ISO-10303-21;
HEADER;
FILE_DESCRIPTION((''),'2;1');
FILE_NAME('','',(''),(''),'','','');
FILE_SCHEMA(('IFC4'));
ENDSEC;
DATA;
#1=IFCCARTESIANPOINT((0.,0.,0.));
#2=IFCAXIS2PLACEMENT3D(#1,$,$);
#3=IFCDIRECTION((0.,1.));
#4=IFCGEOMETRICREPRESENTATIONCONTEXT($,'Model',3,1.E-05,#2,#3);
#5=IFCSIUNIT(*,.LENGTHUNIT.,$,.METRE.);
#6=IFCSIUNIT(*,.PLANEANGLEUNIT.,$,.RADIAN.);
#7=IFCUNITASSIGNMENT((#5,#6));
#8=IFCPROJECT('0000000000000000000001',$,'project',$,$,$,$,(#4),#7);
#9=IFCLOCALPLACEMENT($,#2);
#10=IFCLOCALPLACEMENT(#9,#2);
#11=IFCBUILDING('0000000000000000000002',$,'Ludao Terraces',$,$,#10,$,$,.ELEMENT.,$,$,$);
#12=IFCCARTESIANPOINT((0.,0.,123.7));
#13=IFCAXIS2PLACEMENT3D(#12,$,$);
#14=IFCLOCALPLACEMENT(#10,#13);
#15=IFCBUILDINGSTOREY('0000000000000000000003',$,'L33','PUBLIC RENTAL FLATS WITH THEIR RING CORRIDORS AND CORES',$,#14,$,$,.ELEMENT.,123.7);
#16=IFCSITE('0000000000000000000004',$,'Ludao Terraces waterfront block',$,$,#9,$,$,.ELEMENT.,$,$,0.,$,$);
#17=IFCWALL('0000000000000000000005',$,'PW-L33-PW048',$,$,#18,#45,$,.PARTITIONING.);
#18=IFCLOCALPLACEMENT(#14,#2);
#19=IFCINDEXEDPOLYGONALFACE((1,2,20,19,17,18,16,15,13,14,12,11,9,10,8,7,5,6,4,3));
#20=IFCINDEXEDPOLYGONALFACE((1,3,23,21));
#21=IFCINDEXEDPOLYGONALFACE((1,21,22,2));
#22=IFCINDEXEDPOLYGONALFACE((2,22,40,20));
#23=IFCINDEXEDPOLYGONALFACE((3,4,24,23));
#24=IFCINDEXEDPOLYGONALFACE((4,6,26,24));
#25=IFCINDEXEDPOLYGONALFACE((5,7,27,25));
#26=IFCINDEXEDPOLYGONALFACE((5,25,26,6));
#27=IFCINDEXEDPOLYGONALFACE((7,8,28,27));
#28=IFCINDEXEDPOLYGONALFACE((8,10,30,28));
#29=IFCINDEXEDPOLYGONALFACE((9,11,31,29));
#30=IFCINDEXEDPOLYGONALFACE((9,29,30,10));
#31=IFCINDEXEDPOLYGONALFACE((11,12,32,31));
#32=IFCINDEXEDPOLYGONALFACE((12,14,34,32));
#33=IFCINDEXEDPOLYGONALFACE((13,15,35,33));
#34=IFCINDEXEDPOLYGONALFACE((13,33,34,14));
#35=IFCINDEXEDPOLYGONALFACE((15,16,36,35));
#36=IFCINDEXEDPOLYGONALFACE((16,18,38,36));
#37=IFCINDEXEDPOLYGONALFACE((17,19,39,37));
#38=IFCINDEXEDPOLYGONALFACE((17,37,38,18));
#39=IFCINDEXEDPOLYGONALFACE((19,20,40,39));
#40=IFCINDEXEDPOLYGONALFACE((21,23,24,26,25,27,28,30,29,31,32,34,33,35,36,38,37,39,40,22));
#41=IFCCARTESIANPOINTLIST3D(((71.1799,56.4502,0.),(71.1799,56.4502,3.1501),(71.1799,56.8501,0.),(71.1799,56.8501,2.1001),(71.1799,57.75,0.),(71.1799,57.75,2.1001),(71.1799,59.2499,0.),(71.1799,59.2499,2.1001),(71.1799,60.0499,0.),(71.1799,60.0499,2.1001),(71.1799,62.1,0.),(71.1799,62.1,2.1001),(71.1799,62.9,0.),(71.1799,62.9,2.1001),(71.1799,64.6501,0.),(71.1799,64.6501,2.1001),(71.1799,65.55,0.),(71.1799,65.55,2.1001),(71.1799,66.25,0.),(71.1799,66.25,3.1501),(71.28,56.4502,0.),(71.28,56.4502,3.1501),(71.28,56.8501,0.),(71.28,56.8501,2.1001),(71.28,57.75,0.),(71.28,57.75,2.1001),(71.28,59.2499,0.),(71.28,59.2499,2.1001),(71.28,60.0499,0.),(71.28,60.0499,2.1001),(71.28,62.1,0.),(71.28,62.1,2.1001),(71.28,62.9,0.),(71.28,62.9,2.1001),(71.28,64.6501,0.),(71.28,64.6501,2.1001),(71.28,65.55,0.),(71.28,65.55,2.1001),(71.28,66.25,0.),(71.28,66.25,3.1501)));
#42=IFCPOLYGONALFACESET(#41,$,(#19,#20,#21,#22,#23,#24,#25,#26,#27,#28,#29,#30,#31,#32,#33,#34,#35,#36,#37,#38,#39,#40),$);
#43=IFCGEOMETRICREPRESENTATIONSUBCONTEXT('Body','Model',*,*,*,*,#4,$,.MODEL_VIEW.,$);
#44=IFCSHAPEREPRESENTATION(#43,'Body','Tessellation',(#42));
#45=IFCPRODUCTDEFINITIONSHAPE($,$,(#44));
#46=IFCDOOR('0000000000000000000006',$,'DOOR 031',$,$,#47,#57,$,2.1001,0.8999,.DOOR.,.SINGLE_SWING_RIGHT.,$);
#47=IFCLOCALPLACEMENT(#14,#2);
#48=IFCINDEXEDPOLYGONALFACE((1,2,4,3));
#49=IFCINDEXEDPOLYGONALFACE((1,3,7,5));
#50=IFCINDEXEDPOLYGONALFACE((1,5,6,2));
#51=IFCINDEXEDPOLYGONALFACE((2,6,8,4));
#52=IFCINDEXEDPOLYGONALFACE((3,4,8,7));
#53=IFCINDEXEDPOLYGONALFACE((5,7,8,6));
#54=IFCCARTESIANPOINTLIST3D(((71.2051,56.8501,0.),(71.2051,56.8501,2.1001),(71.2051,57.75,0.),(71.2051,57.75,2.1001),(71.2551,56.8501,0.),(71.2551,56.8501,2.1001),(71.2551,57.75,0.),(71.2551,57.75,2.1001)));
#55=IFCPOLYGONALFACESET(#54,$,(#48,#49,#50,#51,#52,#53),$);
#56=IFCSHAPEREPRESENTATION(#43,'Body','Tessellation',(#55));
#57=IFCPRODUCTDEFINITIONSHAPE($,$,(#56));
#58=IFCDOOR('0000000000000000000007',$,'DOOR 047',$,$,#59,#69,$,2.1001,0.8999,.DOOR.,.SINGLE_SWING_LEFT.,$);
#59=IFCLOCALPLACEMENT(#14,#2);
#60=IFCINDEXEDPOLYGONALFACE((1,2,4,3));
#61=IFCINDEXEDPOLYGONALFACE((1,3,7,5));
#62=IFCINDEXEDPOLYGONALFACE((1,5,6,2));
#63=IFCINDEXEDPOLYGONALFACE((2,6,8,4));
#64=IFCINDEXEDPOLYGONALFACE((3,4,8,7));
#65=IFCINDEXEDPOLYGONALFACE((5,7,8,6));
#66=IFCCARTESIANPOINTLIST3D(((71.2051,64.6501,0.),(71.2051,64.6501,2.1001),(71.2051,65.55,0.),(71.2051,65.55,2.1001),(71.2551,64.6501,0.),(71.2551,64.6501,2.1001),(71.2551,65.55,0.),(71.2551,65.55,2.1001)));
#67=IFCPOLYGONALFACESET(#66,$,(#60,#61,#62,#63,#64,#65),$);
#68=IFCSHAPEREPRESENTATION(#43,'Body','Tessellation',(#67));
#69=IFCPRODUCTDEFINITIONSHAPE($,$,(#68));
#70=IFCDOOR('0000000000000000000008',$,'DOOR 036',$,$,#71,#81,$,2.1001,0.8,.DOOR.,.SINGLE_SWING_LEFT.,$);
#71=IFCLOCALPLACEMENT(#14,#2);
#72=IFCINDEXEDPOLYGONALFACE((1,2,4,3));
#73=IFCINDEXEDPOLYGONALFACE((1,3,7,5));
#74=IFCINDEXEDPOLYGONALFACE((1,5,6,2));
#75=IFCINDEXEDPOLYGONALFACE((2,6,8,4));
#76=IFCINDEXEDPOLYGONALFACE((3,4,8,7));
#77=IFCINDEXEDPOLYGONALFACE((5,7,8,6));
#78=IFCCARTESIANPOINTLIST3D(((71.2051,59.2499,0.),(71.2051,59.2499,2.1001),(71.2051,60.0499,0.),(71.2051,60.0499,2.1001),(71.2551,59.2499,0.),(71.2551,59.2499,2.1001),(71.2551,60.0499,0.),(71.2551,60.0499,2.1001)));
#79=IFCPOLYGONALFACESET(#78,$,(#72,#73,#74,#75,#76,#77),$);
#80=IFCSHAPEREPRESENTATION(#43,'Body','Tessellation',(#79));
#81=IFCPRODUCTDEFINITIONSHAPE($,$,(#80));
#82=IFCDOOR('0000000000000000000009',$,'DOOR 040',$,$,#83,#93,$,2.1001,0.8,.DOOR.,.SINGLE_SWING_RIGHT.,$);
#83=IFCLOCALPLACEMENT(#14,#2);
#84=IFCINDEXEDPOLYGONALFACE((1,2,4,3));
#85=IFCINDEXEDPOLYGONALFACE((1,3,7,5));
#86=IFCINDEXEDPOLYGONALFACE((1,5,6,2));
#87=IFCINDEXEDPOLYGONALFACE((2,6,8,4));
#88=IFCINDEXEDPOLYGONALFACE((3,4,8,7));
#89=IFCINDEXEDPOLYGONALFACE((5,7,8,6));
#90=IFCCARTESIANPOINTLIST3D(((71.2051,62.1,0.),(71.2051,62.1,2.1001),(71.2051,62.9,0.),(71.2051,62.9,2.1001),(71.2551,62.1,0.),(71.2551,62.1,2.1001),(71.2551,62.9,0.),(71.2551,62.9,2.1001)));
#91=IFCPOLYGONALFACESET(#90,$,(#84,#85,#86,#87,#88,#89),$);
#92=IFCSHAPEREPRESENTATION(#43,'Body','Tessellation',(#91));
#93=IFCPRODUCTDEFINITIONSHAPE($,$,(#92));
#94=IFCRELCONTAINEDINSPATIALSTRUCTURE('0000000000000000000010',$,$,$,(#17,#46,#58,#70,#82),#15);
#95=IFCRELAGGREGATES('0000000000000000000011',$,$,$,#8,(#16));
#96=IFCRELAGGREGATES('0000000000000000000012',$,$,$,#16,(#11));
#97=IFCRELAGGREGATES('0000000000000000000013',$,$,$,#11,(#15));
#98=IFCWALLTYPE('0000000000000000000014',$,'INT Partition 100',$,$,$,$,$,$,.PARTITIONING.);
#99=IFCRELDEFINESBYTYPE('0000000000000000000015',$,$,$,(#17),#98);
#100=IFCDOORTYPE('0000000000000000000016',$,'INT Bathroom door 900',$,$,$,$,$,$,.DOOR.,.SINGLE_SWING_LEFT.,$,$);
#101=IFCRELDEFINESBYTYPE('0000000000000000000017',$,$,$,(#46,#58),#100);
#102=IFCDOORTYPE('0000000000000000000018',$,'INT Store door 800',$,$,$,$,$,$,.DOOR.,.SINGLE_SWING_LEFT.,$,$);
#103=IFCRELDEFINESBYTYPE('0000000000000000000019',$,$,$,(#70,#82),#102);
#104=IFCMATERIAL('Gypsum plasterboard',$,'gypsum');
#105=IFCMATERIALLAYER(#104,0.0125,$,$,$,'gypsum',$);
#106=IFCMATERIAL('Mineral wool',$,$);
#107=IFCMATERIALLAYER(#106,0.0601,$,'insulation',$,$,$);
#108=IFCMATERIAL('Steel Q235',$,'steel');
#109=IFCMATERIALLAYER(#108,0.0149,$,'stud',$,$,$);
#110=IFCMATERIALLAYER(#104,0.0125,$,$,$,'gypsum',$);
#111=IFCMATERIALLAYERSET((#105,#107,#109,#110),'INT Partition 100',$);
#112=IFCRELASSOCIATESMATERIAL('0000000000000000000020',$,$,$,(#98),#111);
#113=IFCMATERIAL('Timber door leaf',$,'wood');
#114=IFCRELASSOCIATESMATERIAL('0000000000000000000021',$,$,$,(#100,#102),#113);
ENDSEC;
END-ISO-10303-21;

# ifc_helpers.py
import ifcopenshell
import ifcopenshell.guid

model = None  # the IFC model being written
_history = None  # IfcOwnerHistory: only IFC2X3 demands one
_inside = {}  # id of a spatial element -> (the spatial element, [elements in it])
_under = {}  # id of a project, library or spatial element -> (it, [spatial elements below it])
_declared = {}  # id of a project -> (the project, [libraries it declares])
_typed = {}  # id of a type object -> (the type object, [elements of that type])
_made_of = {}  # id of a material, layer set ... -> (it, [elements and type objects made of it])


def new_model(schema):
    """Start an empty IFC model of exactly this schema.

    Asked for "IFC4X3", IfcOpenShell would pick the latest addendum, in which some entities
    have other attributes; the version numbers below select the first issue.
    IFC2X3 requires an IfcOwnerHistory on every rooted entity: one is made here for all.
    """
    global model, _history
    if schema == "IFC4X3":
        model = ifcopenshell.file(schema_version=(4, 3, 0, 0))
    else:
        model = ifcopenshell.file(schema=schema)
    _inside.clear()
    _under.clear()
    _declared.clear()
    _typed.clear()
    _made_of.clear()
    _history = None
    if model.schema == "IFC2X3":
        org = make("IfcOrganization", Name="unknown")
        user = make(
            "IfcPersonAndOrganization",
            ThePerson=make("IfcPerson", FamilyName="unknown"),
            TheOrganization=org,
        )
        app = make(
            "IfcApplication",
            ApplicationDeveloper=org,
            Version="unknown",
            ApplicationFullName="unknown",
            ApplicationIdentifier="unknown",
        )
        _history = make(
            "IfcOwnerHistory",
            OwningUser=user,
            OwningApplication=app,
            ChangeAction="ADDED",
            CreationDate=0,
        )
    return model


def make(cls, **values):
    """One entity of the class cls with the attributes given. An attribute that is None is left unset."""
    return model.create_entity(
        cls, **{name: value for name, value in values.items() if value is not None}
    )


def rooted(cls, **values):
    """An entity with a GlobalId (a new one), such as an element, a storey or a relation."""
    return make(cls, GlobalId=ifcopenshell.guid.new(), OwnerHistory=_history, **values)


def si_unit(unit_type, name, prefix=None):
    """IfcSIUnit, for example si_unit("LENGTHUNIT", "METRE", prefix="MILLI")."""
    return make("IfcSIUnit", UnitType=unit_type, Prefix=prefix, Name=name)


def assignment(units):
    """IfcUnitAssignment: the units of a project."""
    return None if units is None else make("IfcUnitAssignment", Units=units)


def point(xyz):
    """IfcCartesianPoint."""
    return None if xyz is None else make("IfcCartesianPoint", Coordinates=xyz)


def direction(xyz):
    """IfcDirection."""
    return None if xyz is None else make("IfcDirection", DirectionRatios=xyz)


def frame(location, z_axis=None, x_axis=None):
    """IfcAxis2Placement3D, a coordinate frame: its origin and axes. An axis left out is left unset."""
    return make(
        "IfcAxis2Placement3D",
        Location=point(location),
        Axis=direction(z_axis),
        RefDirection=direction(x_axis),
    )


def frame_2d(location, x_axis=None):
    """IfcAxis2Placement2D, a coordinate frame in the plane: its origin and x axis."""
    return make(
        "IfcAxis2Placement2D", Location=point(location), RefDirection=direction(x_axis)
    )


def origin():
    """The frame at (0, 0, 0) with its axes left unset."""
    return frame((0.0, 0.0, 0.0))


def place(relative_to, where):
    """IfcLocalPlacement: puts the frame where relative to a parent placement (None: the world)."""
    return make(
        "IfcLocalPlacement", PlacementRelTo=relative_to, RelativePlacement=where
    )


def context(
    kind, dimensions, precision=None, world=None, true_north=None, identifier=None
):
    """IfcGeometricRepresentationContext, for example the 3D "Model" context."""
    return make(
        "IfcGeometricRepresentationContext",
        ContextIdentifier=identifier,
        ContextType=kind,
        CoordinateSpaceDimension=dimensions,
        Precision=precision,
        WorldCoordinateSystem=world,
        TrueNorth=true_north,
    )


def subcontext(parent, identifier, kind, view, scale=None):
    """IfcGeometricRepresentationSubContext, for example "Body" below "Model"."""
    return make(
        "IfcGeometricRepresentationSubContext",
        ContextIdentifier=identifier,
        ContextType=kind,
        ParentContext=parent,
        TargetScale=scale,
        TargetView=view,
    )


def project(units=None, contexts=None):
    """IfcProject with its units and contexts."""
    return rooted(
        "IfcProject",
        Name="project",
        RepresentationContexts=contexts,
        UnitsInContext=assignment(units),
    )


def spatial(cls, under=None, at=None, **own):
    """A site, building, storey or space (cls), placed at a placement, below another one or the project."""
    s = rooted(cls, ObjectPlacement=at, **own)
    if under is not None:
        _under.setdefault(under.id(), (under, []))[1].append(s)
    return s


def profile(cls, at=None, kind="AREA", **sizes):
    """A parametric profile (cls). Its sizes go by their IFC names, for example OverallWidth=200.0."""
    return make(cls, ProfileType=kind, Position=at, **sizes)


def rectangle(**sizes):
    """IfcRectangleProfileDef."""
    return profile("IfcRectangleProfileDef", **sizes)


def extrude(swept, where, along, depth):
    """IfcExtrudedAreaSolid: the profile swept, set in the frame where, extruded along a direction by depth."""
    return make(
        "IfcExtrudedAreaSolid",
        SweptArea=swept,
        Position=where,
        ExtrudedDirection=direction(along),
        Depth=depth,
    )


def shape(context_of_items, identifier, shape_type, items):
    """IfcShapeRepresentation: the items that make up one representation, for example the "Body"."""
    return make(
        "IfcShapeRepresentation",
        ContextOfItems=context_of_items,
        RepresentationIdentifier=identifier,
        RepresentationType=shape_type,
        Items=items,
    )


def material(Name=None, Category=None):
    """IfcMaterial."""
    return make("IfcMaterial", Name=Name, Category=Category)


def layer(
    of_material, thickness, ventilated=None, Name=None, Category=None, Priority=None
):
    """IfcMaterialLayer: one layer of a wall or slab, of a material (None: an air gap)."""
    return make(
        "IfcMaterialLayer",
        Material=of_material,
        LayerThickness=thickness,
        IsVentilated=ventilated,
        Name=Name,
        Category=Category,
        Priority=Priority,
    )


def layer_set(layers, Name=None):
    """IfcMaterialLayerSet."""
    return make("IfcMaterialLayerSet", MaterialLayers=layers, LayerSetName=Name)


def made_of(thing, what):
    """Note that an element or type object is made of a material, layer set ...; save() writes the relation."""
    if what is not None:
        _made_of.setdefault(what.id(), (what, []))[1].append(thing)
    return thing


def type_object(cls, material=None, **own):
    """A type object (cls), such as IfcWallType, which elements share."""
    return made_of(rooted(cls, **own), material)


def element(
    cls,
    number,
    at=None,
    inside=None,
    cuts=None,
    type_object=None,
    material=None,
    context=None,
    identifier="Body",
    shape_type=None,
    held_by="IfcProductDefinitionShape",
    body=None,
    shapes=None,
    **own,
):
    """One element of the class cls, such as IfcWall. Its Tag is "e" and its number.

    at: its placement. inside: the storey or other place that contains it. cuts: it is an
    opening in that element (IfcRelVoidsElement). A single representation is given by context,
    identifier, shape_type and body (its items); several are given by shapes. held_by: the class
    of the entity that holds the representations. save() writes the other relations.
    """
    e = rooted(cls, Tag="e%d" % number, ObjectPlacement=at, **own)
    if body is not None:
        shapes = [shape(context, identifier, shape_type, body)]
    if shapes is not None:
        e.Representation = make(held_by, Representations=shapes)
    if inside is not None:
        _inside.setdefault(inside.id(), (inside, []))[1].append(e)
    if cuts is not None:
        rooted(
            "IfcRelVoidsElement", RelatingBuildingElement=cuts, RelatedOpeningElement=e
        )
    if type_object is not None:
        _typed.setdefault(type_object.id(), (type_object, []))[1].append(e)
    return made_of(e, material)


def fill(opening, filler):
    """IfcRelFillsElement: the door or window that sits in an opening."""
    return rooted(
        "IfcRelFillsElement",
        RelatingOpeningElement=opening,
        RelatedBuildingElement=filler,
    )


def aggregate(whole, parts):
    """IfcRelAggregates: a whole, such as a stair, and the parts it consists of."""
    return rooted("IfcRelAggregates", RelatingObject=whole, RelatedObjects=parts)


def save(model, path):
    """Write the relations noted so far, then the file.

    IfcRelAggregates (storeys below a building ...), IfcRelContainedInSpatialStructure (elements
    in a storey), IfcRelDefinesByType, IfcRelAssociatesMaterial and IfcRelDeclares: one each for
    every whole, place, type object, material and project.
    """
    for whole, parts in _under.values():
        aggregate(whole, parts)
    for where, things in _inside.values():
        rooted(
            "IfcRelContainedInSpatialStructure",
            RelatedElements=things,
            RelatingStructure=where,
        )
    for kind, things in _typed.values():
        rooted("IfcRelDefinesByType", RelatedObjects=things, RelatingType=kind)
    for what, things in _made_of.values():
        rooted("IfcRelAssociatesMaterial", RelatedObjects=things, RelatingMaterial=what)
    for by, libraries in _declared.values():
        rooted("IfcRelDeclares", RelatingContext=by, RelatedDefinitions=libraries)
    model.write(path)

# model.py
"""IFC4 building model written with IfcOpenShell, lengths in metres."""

from ifc_helpers import new_model, si_unit, direction, frame, frame_2d, origin, place, context, subcontext, project, spatial, rectangle, extrude, material, layer, layer_set, type_object, element, fill, save


model = new_model("IFC4")

# Units and contexts
model_context = context("Model", 3, precision=1e-05, world=origin(), true_north=direction((0.0, 1.0)))
body_context = subcontext(model_context, "Body", "Model", "MODEL_VIEW")
ifc_project = project(units=[si_unit("LENGTHUNIT", "METRE"), si_unit("PLANEANGLEUNIT", "RADIAN")], contexts=[model_context])

# Site, building, storey
site_placement = place(None, origin())
site = spatial("IfcSite", under=ifc_project, at=site_placement, Name="Ludao Terraces waterfront block", CompositionType="ELEMENT", RefElevation=0.0)
building_placement = place(site_placement, origin())
building = spatial("IfcBuilding", under=site, at=building_placement, Name="Ludao Terraces", CompositionType="ELEMENT")
storey_placement = place(building_placement, frame((0.0, 0.0, 123.7)))
storey = spatial("IfcBuildingStorey", under=building, at=storey_placement, Name="L33", Description="PUBLIC RENTAL FLATS WITH THEIR RING CORRIDORS AND CORES", CompositionType="ELEMENT", Elevation=123.7)

# Shared definitions
ifc_material_1 = material(Name="Steel Q235", Category="steel")
ifc_material_2 = material(Name="Timber door leaf", Category="wood")

# Shared definitions
ifc_material_3 = material(Name="Gypsum plasterboard", Category="gypsum")
ifc_layer_1 = layer(ifc_material_3, 0.0125, Category="gypsum")
ifc_material_4 = material(Name="Mineral wool")
ifc_layer_2 = layer(ifc_material_4, 0.0601, Name="insulation")
ifc_layer_3 = layer(ifc_material_1, 0.0149, Name="stud")
ifc_layer_4 = layer(ifc_material_3, 0.0125, Category="gypsum")
ifc_layer_set_1 = layer_set([ifc_layer_1, ifc_layer_2, ifc_layer_3, ifc_layer_4], Name="INT Partition 100")
wall_type_1 = type_object("IfcWallType", Name="INT Partition 100", PredefinedType="PARTITIONING", material=ifc_layer_set_1)

# Wall, openings, doors
wall_1_placement = place(storey_placement, frame((71.23, 56.4502, 0.0), z_axis=(0.0, 0.0, 1.0), x_axis=(0.0, 1.0, 0.0)))
wall_1 = element("IfcWall", 1, at=wall_1_placement, inside=storey, type_object=wall_type_1, Name="PW-L33-PW048", PredefinedType="PARTITIONING", context=body_context, shape_type="SweptSolid", body=[
    extrude(rectangle(XDim=9.7998, YDim=0.1001, at=frame_2d((4.8999, 0.0))), origin(), (0.0, 0.0, 1.0), 3.1501),
])
opening_1_placement = place(wall_1_placement, frame((0.3999, 0.0, 0.0)))
opening_1 = element("IfcOpeningElement", 2, at=opening_1_placement, cuts=wall_1, PredefinedType="OPENING", context=body_context, shape_type="SweptSolid", body=[
    extrude(rectangle(XDim=0.8999, YDim=2.1001, at=frame_2d((0.45, 1.05))), frame((0.0, 0.0601, 0.0), z_axis=(0.0, -1.0, 0.0), x_axis=(1.0, 0.0, 0.0)), (0.0, 0.0, 1.0), 0.1201),
])
opening_2_placement = place(wall_1_placement, frame((2.7998, 0.0, 0.0)))
opening_2 = element("IfcOpeningElement", 3, at=opening_2_placement, cuts=wall_1, PredefinedType="OPENING", context=body_context, shape_type="SweptSolid", body=[
    extrude(rectangle(XDim=0.8, YDim=2.1001, at=frame_2d((0.3999, 1.05))), frame((0.0, 0.0601, 0.0), z_axis=(0.0, -1.0, 0.0), x_axis=(1.0, 0.0, 0.0)), (0.0, 0.0, 1.0), 0.1201),
])
opening_3_placement = place(wall_1_placement, frame((5.6499, 0.0, 0.0)))
opening_3 = element("IfcOpeningElement", 4, at=opening_3_placement, cuts=wall_1, PredefinedType="OPENING", context=body_context, shape_type="SweptSolid", body=[
    extrude(rectangle(XDim=0.8, YDim=2.1001, at=frame_2d((0.3999, 1.05))), frame((0.0, 0.0601, 0.0), z_axis=(0.0, -1.0, 0.0), x_axis=(1.0, 0.0, 0.0)), (0.0, 0.0, 1.0), 0.1201),
])
opening_4_placement = place(wall_1_placement, frame((8.2, 0.0, 0.0)))
opening_4 = element("IfcOpeningElement", 5, at=opening_4_placement, cuts=wall_1, PredefinedType="OPENING", context=body_context, shape_type="SweptSolid", body=[
    extrude(rectangle(XDim=0.8999, YDim=2.1001, at=frame_2d((0.45, 1.05))), frame((0.0, 0.0601, 0.0), z_axis=(0.0, -1.0, 0.0), x_axis=(1.0, 0.0, 0.0)), (0.0, 0.0, 1.0), 0.1201),
])
door_type_1 = type_object("IfcDoorType", Name="INT Bathroom door 900", OperationType="SINGLE_SWING_LEFT", PredefinedType="DOOR", material=ifc_material_2)
door_1_placement = place(opening_1_placement, origin())
door_1 = element("IfcDoor", 6, at=door_1_placement, inside=storey, type_object=door_type_1, Name="DOOR 031", OperationType="SINGLE_SWING_RIGHT", OverallHeight=2.1001, OverallWidth=0.8999, PredefinedType="DOOR", context=body_context, shape_type="SweptSolid", body=[
    extrude(rectangle(XDim=0.8999, YDim=2.1001, at=frame_2d((0.45, 1.05))), frame((0.0, 0.0249, 0.0), z_axis=(0.0, -1.0, 0.0), x_axis=(1.0, 0.0, 0.0)), (0.0, 0.0, 1.0), 0.05),
])
fill(opening_1, door_1)
door_2_placement = place(opening_4_placement, origin())
door_2 = element("IfcDoor", 7, at=door_2_placement, inside=storey, type_object=door_type_1, Name="DOOR 047", OperationType="SINGLE_SWING_LEFT", OverallHeight=2.1001, OverallWidth=0.8999, PredefinedType="DOOR", context=body_context, shape_type="SweptSolid", body=[
    extrude(rectangle(XDim=0.8999, YDim=2.1001, at=frame_2d((0.45, 1.05))), frame((0.0, 0.0249, 0.0), z_axis=(0.0, -1.0, 0.0), x_axis=(1.0, 0.0, 0.0)), (0.0, 0.0, 1.0), 0.05),
])
fill(opening_4, door_2)
door_type_2 = type_object("IfcDoorType", Name="INT Store door 800", OperationType="SINGLE_SWING_LEFT", PredefinedType="DOOR", material=ifc_material_2)
door_3_placement = place(opening_2_placement, origin())
door_3 = element("IfcDoor", 8, at=door_3_placement, inside=storey, type_object=door_type_2, Name="DOOR 036", OperationType="SINGLE_SWING_LEFT", OverallHeight=2.1001, OverallWidth=0.8, PredefinedType="DOOR", context=body_context, shape_type="SweptSolid", body=[
    extrude(rectangle(XDim=0.8, YDim=2.1001, at=frame_2d((0.3999, 1.05))), frame((0.0, 0.0249, 0.0), z_axis=(0.0, -1.0, 0.0), x_axis=(1.0, 0.0, 0.0)), (0.0, 0.0, 1.0), 0.05),
])
fill(opening_2, door_3)
door_4_placement = place(opening_3_placement, origin())
door_4 = element("IfcDoor", 9, at=door_4_placement, inside=storey, type_object=door_type_2, Name="DOOR 040", OperationType="SINGLE_SWING_RIGHT", OverallHeight=2.1001, OverallWidth=0.8, PredefinedType="DOOR", context=body_context, shape_type="SweptSolid", body=[
    extrude(rectangle(XDim=0.8, YDim=2.1001, at=frame_2d((0.3999, 1.05))), frame((0.0, 0.0249, 0.0), z_axis=(0.0, -1.0, 0.0), x_axis=(1.0, 0.0, 0.0)), (0.0, 0.0, 1.0), 0.05),
])
fill(opening_3, door_4)

save(model, "model.ifc")
